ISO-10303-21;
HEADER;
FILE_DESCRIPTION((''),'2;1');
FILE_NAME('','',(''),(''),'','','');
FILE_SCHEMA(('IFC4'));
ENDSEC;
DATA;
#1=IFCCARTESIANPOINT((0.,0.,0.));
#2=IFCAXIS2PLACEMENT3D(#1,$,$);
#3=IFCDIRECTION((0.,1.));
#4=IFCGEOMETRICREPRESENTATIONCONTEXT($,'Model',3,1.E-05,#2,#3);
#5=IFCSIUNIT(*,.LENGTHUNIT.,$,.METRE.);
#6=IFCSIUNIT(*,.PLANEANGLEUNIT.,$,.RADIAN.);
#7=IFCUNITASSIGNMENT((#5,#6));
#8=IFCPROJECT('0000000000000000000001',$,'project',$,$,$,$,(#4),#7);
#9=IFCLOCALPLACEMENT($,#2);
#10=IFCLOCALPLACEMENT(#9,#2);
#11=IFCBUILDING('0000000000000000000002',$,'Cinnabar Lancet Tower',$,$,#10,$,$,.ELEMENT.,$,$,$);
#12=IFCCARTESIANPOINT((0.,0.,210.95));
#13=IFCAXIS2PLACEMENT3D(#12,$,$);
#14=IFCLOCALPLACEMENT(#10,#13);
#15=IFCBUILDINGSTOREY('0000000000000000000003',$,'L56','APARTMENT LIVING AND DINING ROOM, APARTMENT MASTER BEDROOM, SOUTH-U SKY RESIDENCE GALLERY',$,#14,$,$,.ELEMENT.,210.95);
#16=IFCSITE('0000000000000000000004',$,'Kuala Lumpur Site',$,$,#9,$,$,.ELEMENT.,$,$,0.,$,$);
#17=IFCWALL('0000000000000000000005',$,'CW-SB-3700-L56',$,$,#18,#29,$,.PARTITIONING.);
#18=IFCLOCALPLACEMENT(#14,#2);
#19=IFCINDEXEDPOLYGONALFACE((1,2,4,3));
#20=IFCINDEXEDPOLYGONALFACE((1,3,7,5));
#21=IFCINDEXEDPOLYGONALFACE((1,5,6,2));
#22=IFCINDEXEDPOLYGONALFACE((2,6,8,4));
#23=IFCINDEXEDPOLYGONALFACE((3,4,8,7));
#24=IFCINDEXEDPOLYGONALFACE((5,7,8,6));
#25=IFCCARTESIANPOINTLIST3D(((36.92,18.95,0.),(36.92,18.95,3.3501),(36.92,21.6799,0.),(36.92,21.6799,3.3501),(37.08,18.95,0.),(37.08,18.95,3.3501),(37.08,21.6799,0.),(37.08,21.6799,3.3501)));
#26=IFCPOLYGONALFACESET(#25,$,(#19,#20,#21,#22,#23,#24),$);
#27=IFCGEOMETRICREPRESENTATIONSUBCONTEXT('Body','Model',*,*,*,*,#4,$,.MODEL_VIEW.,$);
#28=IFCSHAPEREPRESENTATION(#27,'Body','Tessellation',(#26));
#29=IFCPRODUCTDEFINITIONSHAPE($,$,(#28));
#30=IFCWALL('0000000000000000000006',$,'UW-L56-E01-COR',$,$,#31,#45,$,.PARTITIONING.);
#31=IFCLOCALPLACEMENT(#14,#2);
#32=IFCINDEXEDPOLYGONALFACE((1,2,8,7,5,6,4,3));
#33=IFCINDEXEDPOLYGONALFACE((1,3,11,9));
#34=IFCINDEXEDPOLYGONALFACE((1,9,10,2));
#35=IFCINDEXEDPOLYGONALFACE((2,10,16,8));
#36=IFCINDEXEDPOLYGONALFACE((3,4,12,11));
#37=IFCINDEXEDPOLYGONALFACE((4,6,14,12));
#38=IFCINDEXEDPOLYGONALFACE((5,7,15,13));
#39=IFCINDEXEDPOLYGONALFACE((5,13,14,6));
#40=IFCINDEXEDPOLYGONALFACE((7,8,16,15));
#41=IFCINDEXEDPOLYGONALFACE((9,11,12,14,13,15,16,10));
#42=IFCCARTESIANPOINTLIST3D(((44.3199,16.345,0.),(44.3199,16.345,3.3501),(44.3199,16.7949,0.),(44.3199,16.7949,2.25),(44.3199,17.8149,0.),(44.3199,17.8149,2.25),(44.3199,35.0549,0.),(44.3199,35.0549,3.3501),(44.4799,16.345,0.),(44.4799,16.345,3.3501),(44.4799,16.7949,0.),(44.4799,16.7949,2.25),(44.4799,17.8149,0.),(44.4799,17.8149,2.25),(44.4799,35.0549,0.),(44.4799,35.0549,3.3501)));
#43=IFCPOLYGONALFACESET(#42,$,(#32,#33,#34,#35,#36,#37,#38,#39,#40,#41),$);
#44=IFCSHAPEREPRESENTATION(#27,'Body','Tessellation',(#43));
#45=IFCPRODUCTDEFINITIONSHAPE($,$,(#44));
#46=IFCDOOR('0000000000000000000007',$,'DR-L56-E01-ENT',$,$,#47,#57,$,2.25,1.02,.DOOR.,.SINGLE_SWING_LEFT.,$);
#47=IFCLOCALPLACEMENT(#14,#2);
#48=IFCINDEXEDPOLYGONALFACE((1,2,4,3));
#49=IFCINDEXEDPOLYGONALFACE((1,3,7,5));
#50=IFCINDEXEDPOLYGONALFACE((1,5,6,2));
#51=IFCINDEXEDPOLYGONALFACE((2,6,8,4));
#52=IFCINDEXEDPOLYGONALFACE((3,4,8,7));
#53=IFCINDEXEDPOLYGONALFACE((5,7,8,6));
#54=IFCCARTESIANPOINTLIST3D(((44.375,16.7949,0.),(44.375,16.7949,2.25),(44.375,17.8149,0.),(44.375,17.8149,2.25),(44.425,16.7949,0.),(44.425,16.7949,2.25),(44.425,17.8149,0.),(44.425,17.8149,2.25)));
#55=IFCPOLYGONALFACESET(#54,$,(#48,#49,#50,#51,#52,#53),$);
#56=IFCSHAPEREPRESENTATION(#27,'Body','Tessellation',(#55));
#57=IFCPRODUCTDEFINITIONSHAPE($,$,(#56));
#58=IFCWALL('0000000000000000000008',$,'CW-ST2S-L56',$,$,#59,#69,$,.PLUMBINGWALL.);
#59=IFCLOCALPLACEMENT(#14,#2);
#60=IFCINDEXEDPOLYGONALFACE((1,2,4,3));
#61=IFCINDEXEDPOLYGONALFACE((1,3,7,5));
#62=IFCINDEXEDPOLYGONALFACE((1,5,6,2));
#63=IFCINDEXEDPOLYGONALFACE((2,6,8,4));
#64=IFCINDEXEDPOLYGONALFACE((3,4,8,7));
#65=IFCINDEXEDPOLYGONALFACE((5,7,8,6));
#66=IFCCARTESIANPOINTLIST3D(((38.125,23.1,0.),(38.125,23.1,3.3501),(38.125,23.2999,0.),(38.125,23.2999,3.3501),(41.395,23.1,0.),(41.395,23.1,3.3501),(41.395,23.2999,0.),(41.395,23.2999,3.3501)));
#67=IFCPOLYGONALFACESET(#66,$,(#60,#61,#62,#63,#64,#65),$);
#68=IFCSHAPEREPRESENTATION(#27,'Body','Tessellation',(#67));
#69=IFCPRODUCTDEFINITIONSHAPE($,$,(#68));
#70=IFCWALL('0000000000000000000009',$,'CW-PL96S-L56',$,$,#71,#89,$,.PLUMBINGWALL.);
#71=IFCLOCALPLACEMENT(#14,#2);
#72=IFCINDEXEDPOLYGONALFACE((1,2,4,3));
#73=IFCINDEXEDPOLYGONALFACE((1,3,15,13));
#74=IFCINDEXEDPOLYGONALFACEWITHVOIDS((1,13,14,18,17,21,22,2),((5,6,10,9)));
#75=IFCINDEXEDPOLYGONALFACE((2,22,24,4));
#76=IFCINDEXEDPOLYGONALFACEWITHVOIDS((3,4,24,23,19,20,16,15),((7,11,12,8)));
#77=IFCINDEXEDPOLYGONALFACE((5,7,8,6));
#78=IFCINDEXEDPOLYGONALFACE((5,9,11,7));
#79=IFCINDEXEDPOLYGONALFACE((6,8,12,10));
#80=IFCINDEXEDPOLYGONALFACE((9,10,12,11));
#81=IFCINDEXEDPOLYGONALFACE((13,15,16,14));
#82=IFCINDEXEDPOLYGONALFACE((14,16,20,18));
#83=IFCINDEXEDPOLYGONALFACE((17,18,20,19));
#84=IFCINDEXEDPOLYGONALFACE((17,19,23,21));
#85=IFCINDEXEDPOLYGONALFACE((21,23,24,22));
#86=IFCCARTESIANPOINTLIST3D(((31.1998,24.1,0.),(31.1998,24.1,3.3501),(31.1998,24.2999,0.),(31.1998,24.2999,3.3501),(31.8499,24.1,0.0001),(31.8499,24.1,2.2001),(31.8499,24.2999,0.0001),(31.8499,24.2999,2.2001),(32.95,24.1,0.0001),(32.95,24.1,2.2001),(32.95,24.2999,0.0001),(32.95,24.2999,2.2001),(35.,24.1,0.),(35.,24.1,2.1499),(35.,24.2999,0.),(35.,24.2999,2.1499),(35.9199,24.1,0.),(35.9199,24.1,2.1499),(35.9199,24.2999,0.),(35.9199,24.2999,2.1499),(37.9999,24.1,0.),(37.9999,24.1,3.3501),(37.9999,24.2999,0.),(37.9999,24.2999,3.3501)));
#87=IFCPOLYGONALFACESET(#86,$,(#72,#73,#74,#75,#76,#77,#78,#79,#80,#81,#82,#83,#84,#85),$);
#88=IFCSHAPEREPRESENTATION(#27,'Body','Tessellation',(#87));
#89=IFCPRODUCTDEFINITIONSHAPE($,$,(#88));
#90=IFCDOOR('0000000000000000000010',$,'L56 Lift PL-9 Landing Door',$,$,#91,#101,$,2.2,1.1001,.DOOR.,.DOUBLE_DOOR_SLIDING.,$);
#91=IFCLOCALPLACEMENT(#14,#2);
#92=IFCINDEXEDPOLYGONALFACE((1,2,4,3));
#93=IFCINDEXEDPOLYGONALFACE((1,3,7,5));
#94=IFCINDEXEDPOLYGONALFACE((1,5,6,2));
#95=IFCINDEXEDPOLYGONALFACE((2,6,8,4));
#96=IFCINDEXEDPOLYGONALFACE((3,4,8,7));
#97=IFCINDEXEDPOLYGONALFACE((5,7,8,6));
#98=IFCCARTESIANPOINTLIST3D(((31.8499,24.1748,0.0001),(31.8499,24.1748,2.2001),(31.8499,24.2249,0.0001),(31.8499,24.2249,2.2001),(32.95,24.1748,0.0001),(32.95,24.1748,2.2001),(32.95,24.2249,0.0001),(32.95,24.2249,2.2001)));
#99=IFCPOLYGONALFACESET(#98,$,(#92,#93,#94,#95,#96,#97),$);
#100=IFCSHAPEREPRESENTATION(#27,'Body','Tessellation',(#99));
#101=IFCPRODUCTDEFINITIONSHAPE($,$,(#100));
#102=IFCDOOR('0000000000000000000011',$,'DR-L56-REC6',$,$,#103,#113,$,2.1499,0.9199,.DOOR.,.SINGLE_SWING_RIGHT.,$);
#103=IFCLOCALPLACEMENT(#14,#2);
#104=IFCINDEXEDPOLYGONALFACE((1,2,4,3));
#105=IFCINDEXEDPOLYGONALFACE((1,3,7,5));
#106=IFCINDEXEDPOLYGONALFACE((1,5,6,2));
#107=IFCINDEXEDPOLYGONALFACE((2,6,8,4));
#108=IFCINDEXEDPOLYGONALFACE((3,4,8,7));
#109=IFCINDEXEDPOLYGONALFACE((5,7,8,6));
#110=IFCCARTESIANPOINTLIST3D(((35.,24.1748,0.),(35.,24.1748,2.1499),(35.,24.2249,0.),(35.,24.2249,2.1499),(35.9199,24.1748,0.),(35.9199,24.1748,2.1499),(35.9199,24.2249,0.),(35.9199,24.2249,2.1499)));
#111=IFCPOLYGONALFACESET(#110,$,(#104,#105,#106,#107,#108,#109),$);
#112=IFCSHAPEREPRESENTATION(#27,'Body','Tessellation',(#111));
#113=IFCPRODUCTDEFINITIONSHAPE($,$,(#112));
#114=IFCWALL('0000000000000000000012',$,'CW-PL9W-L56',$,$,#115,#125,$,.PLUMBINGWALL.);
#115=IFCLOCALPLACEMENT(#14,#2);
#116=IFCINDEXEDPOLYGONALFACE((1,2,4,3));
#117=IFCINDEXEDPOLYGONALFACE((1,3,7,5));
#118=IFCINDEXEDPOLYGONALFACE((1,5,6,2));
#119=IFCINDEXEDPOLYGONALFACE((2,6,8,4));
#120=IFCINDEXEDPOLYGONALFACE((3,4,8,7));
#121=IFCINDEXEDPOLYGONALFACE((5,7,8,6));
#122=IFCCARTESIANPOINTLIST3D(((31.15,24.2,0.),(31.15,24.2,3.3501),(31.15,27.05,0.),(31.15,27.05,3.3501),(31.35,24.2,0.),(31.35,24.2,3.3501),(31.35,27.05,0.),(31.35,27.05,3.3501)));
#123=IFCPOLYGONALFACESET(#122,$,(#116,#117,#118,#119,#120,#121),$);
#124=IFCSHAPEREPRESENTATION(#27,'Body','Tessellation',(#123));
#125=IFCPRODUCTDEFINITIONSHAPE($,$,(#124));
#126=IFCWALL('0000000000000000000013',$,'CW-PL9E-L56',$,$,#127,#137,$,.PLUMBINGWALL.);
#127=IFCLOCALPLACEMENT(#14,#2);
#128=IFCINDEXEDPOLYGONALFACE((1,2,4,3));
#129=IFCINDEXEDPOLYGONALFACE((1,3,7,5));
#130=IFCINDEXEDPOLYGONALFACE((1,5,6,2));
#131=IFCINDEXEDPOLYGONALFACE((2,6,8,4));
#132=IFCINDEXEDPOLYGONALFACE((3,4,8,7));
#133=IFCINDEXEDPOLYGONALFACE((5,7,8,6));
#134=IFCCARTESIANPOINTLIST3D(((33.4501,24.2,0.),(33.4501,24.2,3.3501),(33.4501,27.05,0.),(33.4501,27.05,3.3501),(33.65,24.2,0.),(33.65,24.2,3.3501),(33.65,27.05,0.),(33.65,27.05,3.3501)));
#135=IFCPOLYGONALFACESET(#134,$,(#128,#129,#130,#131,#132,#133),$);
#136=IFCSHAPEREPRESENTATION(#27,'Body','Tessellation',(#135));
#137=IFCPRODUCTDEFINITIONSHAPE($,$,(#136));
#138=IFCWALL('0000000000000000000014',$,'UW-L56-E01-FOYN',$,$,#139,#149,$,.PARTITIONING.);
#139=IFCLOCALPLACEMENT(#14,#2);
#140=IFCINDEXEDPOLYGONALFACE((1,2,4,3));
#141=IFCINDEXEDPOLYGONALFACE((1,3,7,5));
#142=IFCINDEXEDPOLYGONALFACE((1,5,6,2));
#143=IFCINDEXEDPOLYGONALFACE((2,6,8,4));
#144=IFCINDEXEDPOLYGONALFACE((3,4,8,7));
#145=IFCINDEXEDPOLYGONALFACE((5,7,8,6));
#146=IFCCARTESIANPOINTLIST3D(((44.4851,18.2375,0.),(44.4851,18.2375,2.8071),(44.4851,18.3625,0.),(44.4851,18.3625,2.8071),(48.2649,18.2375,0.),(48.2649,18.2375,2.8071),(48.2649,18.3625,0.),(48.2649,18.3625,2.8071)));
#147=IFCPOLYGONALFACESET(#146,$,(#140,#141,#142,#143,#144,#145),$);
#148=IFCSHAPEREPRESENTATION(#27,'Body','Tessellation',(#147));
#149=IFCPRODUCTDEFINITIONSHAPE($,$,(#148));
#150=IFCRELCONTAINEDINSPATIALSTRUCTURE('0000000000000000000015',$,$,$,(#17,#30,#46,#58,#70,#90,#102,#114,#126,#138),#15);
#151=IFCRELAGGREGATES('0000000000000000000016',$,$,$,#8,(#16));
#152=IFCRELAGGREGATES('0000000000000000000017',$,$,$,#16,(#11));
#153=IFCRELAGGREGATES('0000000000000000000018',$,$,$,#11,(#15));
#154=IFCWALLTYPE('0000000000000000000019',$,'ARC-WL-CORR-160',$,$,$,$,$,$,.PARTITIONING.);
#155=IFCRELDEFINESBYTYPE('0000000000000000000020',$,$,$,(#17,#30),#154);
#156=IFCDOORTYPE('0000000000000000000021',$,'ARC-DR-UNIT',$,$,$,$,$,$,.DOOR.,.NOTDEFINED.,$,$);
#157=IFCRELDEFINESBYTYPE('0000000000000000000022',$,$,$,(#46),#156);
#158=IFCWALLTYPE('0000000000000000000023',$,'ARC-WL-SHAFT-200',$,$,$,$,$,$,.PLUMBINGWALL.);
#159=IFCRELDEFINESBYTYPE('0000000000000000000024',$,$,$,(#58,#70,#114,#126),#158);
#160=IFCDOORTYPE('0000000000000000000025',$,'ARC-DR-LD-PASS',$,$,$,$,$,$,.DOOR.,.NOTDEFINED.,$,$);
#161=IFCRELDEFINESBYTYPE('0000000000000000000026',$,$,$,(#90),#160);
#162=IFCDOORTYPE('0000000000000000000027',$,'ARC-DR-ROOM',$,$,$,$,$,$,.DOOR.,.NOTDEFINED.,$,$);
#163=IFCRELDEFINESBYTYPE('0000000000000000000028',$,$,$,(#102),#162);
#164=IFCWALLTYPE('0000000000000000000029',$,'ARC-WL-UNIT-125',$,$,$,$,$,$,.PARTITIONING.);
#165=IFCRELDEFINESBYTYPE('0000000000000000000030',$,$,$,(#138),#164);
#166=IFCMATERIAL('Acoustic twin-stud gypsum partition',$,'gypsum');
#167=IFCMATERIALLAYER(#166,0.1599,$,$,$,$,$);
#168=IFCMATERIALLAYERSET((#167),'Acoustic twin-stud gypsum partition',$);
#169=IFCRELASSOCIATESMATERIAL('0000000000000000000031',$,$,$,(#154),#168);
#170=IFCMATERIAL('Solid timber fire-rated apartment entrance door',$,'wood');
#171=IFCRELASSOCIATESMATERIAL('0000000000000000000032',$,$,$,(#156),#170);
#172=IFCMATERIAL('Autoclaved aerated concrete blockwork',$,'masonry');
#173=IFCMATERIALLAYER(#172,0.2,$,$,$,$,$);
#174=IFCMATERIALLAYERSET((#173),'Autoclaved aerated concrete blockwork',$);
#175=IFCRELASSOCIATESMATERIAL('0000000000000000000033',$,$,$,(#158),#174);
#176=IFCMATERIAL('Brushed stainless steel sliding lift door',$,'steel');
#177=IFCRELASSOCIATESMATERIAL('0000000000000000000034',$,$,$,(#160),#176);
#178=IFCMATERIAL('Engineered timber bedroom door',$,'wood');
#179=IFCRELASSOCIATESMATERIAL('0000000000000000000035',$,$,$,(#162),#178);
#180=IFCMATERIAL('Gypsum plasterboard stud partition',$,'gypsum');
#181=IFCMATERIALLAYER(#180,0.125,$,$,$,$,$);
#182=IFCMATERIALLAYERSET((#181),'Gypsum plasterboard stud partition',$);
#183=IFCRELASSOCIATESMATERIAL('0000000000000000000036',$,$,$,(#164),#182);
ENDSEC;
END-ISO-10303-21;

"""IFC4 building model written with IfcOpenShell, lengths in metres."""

from ifc_helpers import new_model, si_unit, direction, frame, frame_2d, origin, place, context, subcontext, project, spatial, rectangle, extrude, material, layer, layer_set, type_object, element, fill, save


model = new_model("IFC4")

# Units and contexts
model_context = context("Model", 3, precision=1e-05, world=origin(), true_north=direction((0.0, 1.0)))
body_context = subcontext(model_context, "Body", "Model", "MODEL_VIEW")
ifc_project = project(units=[si_unit("LENGTHUNIT", "METRE"), si_unit("PLANEANGLEUNIT", "RADIAN")], contexts=[model_context])

# Site, building, storey
site_placement = place(None, origin())
site = spatial("IfcSite", under=ifc_project, at=site_placement, Name="Kuala Lumpur Site", CompositionType="ELEMENT", RefElevation=0.0)
building_placement = place(site_placement, origin())
building = spatial("IfcBuilding", under=site, at=building_placement, Name="Cinnabar Lancet Tower", CompositionType="ELEMENT")
storey_placement = place(building_placement, frame((0.0, 0.0, 210.95)))
storey = spatial("IfcBuildingStorey", under=building, at=storey_placement, Name="L56", Description="APARTMENT LIVING AND DINING ROOM, APARTMENT MASTER BEDROOM, SOUTH-U SKY RESIDENCE GALLERY", CompositionType="ELEMENT", Elevation=210.95)

# Shared definitions
ifc_material_1 = material(Name="Acoustic twin-stud gypsum partition", Category="gypsum")
ifc_layer_1 = layer(ifc_material_1, 0.1599)
ifc_layer_set_1 = layer_set([ifc_layer_1], Name="Acoustic twin-stud gypsum partition")
wall_type_1 = type_object("IfcWallType", Name="ARC-WL-CORR-160", PredefinedType="PARTITIONING", material=ifc_layer_set_1)

# Wall
for number, where, z_axis, x_axis, name in (
    (1, (37.0, 18.95, 0.0), (0.0, 0.0, 1.0), (0.0, 1.0, 0.0), "CW-SB-3700-L56"),
):
    element("IfcWall", number, at=place(storey_placement, frame(where, z_axis=z_axis, x_axis=x_axis)), inside=storey, type_object=wall_type_1, Name=name, PredefinedType="PARTITIONING", context=body_context, shape_type="SweptSolid", body=[
        extrude(rectangle(XDim=2.73, YDim=0.1599, at=frame_2d((1.365, 0.0))), origin(), (0.0, 0.0, 1.0), 3.3501),
    ])

# Wall, opening, door
wall_1_placement = place(storey_placement, frame((44.3999, 16.345, 0.0), z_axis=(0.0, 0.0, 1.0), x_axis=(0.0, 1.0, 0.0)))
wall_1 = element("IfcWall", 2, at=wall_1_placement, inside=storey, type_object=wall_type_1, Name="UW-L56-E01-COR", PredefinedType="PARTITIONING", context=body_context, shape_type="SweptSolid", body=[
    extrude(rectangle(XDim=18.71, YDim=0.1599, at=frame_2d((9.355, 0.0))), origin(), (0.0, 0.0, 1.0), 3.3501),
])
opening_1_placement = place(wall_1_placement, frame((0.45, 0.0, 0.0)))
opening_1 = element("IfcOpeningElement", 3, at=opening_1_placement, cuts=wall_1, PredefinedType="OPENING", context=body_context, shape_type="SweptSolid", body=[
    extrude(rectangle(XDim=1.02, YDim=2.25, at=frame_2d((0.51, 1.125))), frame((0.0, 0.0898, 0.0), z_axis=(0.0, -1.0, 0.0), x_axis=(1.0, 0.0, 0.0)), (0.0, 0.0, 1.0), 0.1799),
])
ifc_material_2 = material(Name="Solid timber fire-rated apartment entrance door", Category="wood")
door_type_1 = type_object("IfcDoorType", Name="ARC-DR-UNIT", OperationType="NOTDEFINED", PredefinedType="DOOR", material=ifc_material_2)
door_1_placement = place(opening_1_placement, origin())
door_1 = element("IfcDoor", 4, at=door_1_placement, inside=storey, type_object=door_type_1, Name="DR-L56-E01-ENT", OperationType="SINGLE_SWING_LEFT", OverallHeight=2.25, OverallWidth=1.02, PredefinedType="DOOR", context=body_context, shape_type="SweptSolid", body=[
    extrude(rectangle(XDim=1.02, YDim=2.25, at=frame_2d((0.51, 1.125))), frame((0.0, 0.0249, 0.0), z_axis=(0.0, -1.0, 0.0), x_axis=(1.0, 0.0, 0.0)), (0.0, 0.0, 1.0), 0.05),
])
fill(opening_1, door_1)

# Wall
ifc_material_3 = material(Name="Autoclaved aerated concrete blockwork", Category="masonry")
ifc_layer_2 = layer(ifc_material_3, 0.2)
ifc_layer_set_2 = layer_set([ifc_layer_2], Name="Autoclaved aerated concrete blockwork")
wall_type_2 = type_object("IfcWallType", Name="ARC-WL-SHAFT-200", PredefinedType="PLUMBINGWALL", material=ifc_layer_set_2)
wall_2_placement = place(storey_placement, frame((38.125, 23.2, 0.0), z_axis=(0.0, 0.0, 1.0), x_axis=(1.0, 0.0, 0.0)))
element("IfcWall", 5, at=wall_2_placement, inside=storey, type_object=wall_type_2, Name="CW-ST2S-L56", PredefinedType="PLUMBINGWALL", context=body_context, shape_type="SweptSolid", body=[
    extrude(rectangle(XDim=3.27, YDim=0.2, at=frame_2d((1.635, 0.0))), origin(), (0.0, 0.0, 1.0), 3.3501),
])

# Wall, openings, doors
wall_3_placement = place(storey_placement, frame((31.2, 24.2, 0.0), z_axis=(0.0, 0.0, 1.0), x_axis=(1.0, 0.0, 0.0)))
wall_3 = element("IfcWall", 6, at=wall_3_placement, inside=storey, type_object=wall_type_2, Name="CW-PL96S-L56", PredefinedType="PLUMBINGWALL", context=body_context, shape_type="SweptSolid", body=[
    extrude(rectangle(XDim=6.8, YDim=0.2, at=frame_2d((3.3999, 0.0))), origin(), (0.0, 0.0, 1.0), 3.3501),
])
opening_2_placement = place(wall_3_placement, frame((0.6499, 0.0, 0.0)))
opening_2 = element("IfcOpeningElement", 7, at=opening_2_placement, cuts=wall_3, PredefinedType="OPENING", context=body_context, shape_type="SweptSolid", body=[
    extrude(rectangle(XDim=1.1001, YDim=2.2, at=frame_2d((0.55, 1.1001))), frame((0.0, 0.1099, 0.0), z_axis=(0.0, -1.0, 0.0), x_axis=(1.0, 0.0, 0.0)), (0.0, 0.0, 1.0), 0.22),
])
opening_3_placement = place(wall_3_placement, frame((3.8, 0.0, 0.0)))
opening_3 = element("IfcOpeningElement", 8, at=opening_3_placement, cuts=wall_3, PredefinedType="OPENING", context=body_context, shape_type="SweptSolid", body=[
    extrude(rectangle(XDim=0.9199, YDim=2.1499, at=frame_2d((0.46, 1.075))), frame((0.0, 0.1099, 0.0), z_axis=(0.0, -1.0, 0.0), x_axis=(1.0, 0.0, 0.0)), (0.0, 0.0, 1.0), 0.22),
])
ifc_material_4 = material(Name="Brushed stainless steel sliding lift door", Category="steel")
door_type_2 = type_object("IfcDoorType", Name="ARC-DR-LD-PASS", OperationType="NOTDEFINED", PredefinedType="DOOR", material=ifc_material_4)
door_2_placement = place(opening_2_placement, origin())
door_2 = element("IfcDoor", 9, at=door_2_placement, inside=storey, type_object=door_type_2, Name="L56 Lift PL-9 Landing Door", OperationType="DOUBLE_DOOR_SLIDING", OverallHeight=2.2, OverallWidth=1.1001, PredefinedType="DOOR", context=body_context, shape_type="SweptSolid", body=[
    extrude(rectangle(XDim=1.1001, YDim=2.2, at=frame_2d((0.55, 1.1001))), frame((0.0, 0.0249, 0.0), z_axis=(0.0, -1.0, 0.0), x_axis=(1.0, 0.0, 0.0)), (0.0, 0.0, 1.0), 0.05),
])
fill(opening_2, door_2)
ifc_material_5 = material(Name="Engineered timber bedroom door", Category="wood")
door_type_3 = type_object("IfcDoorType", Name="ARC-DR-ROOM", OperationType="NOTDEFINED", PredefinedType="DOOR", material=ifc_material_5)
door_3_placement = place(opening_3_placement, origin())
door_3 = element("IfcDoor", 10, at=door_3_placement, inside=storey, type_object=door_type_3, Name="DR-L56-REC6", OperationType="SINGLE_SWING_RIGHT", OverallHeight=2.1499, OverallWidth=0.9199, PredefinedType="DOOR", context=body_context, shape_type="SweptSolid", body=[
    extrude(rectangle(XDim=0.9199, YDim=2.1499, at=frame_2d((0.46, 1.075))), frame((0.0, 0.0249, 0.0), z_axis=(0.0, -1.0, 0.0), x_axis=(1.0, 0.0, 0.0)), (0.0, 0.0, 1.0), 0.05),
])
fill(opening_3, door_3)

# Walls
for number, where, z_axis, x_axis, name in (
    (11, (31.25, 24.2, 0.0), (0.0, 0.0, 1.0), (0.0, 1.0, 0.0), "CW-PL9W-L56"),
    (12, (33.55, 24.2, 0.0), (0.0, 0.0, 1.0), (0.0, 1.0, 0.0), "CW-PL9E-L56"),
):
    element("IfcWall", number, at=place(storey_placement, frame(where, z_axis=z_axis, x_axis=x_axis)), inside=storey, type_object=wall_type_2, Name=name, PredefinedType="PLUMBINGWALL", context=body_context, shape_type="SweptSolid", body=[
        extrude(rectangle(XDim=2.8501, YDim=0.2, at=frame_2d((1.425, 0.0))), origin(), (0.0, 0.0, 1.0), 3.3501),
    ])
ifc_material_6 = material(Name="Gypsum plasterboard stud partition", Category="gypsum")
ifc_layer_3 = layer(ifc_material_6, 0.125)
ifc_layer_set_3 = layer_set([ifc_layer_3], Name="Gypsum plasterboard stud partition")
wall_type_3 = type_object("IfcWallType", Name="ARC-WL-UNIT-125", PredefinedType="PARTITIONING", material=ifc_layer_set_3)
wall_4_placement = place(storey_placement, frame((44.4851, 18.3, 0.0), z_axis=(0.0, 0.0, 1.0), x_axis=(1.0, 0.0, 0.0)))
element("IfcWall", 13, at=wall_4_placement, inside=storey, type_object=wall_type_3, Name="UW-L56-E01-FOYN", PredefinedType="PARTITIONING", context=body_context, shape_type="SweptSolid", body=[
    extrude(rectangle(XDim=3.7798, YDim=0.125, at=frame_2d((1.8899, 0.0))), origin(), (0.0, 0.0, 1.0), 2.8071),
])

save(model, "model.ifc")
